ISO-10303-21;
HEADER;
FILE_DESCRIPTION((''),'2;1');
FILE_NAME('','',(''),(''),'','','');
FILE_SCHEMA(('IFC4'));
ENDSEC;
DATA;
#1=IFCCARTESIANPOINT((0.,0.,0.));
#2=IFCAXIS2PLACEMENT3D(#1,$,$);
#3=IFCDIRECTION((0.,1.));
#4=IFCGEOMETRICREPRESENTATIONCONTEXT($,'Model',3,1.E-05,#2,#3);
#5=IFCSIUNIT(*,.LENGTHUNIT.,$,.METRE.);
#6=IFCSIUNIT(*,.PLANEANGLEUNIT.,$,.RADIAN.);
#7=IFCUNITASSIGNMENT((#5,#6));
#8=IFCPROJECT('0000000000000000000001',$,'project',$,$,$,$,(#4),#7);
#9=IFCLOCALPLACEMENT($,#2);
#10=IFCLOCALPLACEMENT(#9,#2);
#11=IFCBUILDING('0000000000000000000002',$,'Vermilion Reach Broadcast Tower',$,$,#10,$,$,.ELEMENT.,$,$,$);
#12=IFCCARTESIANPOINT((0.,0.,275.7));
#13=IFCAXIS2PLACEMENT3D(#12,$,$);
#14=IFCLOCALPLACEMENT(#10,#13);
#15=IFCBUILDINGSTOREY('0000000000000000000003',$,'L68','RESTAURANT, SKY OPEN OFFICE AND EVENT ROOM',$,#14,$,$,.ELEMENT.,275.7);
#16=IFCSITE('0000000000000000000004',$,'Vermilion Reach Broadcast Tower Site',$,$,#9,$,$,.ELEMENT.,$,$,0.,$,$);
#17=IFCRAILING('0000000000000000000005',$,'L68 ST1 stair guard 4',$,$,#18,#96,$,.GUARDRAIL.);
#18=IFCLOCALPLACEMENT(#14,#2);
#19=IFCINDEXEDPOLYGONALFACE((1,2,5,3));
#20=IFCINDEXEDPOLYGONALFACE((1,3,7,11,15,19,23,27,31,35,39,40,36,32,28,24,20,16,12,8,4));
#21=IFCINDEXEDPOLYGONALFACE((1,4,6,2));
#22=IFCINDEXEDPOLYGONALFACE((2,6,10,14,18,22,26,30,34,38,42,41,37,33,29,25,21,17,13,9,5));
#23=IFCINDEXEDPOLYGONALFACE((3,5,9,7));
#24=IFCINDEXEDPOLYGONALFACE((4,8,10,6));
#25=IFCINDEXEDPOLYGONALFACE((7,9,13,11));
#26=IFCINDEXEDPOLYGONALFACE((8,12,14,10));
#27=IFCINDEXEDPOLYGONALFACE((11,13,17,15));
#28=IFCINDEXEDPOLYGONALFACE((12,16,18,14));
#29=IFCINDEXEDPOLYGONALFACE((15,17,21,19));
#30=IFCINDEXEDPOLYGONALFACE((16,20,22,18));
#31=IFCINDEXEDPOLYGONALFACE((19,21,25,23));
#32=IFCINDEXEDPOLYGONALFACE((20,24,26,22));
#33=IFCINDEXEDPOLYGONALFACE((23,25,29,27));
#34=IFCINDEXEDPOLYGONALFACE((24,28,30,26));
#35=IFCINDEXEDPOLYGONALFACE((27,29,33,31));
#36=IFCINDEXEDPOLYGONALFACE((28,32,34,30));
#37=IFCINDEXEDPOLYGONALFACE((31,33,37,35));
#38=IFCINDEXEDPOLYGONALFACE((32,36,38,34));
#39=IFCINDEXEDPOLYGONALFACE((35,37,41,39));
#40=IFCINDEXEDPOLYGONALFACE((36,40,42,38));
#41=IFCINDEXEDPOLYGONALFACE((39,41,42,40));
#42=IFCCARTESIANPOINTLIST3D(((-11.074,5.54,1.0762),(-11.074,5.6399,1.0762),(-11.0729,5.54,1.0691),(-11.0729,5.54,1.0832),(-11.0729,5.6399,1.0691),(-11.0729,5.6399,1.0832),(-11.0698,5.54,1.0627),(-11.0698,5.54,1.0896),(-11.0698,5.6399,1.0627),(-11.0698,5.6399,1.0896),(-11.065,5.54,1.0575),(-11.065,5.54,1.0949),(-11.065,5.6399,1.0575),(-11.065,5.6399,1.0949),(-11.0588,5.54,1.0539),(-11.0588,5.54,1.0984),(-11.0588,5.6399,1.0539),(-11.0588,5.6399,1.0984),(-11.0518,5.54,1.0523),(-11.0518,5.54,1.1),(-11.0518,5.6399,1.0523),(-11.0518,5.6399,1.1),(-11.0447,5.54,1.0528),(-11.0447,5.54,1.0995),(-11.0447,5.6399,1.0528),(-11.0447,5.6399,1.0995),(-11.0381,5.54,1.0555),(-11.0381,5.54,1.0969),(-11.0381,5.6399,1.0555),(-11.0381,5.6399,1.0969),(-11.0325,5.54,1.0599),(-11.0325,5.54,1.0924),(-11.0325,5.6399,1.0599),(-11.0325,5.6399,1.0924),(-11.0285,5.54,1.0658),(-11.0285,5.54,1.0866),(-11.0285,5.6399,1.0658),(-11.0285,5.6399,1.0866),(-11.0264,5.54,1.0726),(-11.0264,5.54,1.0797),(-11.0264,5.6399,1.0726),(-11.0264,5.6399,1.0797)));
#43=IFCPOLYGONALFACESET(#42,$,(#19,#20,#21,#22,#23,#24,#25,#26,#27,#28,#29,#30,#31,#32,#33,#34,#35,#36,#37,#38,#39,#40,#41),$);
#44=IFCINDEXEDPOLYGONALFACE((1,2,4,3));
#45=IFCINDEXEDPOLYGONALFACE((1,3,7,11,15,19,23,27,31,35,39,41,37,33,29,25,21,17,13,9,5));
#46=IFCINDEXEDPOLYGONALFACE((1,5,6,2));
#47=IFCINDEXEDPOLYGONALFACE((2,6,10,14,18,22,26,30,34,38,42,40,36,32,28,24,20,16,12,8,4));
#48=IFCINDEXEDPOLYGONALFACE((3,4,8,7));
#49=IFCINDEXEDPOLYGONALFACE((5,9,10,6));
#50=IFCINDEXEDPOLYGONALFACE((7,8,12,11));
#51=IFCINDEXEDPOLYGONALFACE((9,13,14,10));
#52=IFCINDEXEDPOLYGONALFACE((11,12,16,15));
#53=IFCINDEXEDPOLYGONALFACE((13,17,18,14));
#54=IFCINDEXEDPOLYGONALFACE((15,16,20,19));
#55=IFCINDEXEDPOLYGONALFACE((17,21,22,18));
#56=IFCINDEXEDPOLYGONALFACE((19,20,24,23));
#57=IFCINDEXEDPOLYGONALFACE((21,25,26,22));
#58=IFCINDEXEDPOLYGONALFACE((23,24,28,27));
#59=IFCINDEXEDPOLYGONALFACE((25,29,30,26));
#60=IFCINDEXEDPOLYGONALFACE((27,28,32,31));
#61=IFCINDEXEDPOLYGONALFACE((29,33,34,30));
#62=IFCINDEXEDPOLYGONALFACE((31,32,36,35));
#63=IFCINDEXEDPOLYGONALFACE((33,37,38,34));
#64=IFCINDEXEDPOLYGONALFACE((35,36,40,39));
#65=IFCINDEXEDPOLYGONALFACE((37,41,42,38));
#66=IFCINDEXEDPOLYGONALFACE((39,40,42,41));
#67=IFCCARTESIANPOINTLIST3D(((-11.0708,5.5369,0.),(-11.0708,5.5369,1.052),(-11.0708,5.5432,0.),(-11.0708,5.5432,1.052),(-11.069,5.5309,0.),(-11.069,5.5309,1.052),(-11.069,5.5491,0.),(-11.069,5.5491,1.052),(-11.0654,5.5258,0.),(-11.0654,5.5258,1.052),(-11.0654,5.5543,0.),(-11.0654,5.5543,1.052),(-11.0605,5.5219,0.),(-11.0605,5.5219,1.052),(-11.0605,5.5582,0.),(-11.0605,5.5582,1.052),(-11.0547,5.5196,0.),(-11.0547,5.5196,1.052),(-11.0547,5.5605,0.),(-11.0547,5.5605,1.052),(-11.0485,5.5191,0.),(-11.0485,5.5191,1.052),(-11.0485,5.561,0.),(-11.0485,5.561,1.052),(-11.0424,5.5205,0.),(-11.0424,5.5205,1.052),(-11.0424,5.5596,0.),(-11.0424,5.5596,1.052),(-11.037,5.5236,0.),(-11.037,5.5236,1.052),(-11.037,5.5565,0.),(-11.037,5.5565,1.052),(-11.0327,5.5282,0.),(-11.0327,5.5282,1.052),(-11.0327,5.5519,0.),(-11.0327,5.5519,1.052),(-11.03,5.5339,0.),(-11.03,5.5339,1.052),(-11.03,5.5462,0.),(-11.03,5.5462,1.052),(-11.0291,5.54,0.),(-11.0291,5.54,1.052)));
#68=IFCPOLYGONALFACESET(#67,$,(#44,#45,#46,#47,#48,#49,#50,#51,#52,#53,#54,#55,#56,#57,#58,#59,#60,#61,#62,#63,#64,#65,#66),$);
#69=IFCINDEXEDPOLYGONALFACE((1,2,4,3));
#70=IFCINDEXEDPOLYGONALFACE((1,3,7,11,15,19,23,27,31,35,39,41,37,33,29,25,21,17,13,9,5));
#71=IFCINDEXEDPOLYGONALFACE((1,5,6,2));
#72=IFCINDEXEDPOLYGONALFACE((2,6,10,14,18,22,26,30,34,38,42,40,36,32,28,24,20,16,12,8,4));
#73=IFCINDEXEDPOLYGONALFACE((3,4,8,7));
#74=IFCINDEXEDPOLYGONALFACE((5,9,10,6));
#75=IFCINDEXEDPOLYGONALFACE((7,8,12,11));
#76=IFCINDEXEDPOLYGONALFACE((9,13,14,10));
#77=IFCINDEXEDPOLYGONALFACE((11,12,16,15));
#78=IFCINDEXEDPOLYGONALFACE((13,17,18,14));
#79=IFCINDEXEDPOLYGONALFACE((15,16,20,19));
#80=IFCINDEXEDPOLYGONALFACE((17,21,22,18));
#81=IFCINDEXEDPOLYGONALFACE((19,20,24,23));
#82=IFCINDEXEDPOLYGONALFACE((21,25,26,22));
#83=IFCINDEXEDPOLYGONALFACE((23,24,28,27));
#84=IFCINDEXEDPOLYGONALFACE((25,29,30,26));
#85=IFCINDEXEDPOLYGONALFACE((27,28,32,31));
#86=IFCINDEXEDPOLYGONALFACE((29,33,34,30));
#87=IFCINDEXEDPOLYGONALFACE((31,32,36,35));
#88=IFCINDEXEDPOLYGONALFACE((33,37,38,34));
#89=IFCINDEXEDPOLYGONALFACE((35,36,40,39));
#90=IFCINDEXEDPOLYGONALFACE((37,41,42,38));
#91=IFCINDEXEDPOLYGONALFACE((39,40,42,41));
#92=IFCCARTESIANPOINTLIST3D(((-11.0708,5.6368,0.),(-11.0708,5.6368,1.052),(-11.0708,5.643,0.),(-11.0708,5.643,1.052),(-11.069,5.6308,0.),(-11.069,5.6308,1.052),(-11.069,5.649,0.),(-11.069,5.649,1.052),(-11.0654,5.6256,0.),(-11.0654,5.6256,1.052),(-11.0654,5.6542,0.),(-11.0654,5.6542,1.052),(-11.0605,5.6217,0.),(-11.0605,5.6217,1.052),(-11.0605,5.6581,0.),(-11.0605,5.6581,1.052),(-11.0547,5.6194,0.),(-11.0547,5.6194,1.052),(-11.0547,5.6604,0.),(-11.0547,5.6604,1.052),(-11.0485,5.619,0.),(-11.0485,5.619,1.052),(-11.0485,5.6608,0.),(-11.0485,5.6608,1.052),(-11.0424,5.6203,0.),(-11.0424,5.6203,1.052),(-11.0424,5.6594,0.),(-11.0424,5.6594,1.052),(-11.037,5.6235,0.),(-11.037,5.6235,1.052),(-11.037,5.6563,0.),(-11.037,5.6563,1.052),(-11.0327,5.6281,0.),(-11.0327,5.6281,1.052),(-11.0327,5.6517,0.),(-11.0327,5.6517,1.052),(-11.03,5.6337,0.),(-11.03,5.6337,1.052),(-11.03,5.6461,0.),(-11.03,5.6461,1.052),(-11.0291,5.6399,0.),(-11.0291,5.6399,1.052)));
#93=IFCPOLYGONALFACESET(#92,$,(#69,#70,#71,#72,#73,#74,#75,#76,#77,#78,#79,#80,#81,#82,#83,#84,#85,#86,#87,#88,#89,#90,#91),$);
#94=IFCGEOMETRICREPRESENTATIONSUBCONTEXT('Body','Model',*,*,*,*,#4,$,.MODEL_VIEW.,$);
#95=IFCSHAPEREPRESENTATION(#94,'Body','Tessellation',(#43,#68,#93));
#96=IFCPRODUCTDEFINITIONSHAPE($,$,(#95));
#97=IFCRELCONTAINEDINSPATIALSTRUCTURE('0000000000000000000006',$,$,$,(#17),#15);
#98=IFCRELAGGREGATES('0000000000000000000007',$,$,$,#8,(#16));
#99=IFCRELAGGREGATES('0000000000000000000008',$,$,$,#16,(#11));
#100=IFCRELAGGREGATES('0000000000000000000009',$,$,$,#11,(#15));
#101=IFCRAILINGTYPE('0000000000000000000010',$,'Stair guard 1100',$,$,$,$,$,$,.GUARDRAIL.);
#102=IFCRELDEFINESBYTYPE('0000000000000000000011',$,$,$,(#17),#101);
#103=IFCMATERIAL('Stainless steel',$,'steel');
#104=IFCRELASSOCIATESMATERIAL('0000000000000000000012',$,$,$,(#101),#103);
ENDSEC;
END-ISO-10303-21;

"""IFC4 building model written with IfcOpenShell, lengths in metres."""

from ifc_helpers import new_model, si_unit, direction, frame, origin, origin_2d, place, context, subcontext, project, spatial, circle, extrude, material, type_object, element, save


model = new_model("IFC4")

# Units and contexts
model_context = context("Model", 3, precision=1e-05, world=origin(), true_north=direction((0.0, 1.0)))
body_context = subcontext(model_context, "Body", "Model", "MODEL_VIEW")
ifc_project = project(units=[si_unit("LENGTHUNIT", "METRE"), si_unit("PLANEANGLEUNIT", "RADIAN")], contexts=[model_context])

# Site, building, storey
site_placement = place(None, origin())
site = spatial("IfcSite", under=ifc_project, at=site_placement, Name="Vermilion Reach Broadcast Tower Site", CompositionType="ELEMENT", RefElevation=0.0)
building_placement = place(site_placement, origin())
building = spatial("IfcBuilding", under=site, at=building_placement, Name="Vermilion Reach Broadcast Tower", CompositionType="ELEMENT")
storey_placement = place(building_placement, frame((0.0, 0.0, 275.7)))
storey = spatial("IfcBuildingStorey", under=building, at=storey_placement, Name="L68", Description="RESTAURANT, SKY OPEN OFFICE AND EVENT ROOM", CompositionType="ELEMENT", Elevation=275.7)

# Railing
ifc_material_1 = material(Name="Stainless steel", Category="steel")
railing_type_1 = type_object("IfcRailingType", Name="Stair guard 1100", PredefinedType="GUARDRAIL", material=ifc_material_1)
railing_1_placement = place(storey_placement, frame((-11.05, 5.54, 0.0)))
element("IfcRailing", 1, at=railing_1_placement, inside=storey, type_object=railing_type_1, Name="L68 ST1 stair guard 4", PredefinedType="GUARDRAIL", context=body_context, shape_type="SweptSolid", body=[
    extrude(circle(Radius=0.0239, at=origin_2d()), frame((0.0, 0.0, 1.0762), z_axis=(0.0, 1.0, 0.0), x_axis=(-1.0, 0.0, 0.0)), (0.0, 0.0, 1.0), 0.0999),
    extrude(circle(Radius=0.021, at=origin_2d()), origin(), (0.0, 0.0, 1.0), 1.052),
    extrude(circle(Radius=0.021, at=origin_2d()), frame((0.0, 0.0999, 0.0)), (0.0, 0.0, 1.0), 1.052),
])

save(model, "model.ifc")
